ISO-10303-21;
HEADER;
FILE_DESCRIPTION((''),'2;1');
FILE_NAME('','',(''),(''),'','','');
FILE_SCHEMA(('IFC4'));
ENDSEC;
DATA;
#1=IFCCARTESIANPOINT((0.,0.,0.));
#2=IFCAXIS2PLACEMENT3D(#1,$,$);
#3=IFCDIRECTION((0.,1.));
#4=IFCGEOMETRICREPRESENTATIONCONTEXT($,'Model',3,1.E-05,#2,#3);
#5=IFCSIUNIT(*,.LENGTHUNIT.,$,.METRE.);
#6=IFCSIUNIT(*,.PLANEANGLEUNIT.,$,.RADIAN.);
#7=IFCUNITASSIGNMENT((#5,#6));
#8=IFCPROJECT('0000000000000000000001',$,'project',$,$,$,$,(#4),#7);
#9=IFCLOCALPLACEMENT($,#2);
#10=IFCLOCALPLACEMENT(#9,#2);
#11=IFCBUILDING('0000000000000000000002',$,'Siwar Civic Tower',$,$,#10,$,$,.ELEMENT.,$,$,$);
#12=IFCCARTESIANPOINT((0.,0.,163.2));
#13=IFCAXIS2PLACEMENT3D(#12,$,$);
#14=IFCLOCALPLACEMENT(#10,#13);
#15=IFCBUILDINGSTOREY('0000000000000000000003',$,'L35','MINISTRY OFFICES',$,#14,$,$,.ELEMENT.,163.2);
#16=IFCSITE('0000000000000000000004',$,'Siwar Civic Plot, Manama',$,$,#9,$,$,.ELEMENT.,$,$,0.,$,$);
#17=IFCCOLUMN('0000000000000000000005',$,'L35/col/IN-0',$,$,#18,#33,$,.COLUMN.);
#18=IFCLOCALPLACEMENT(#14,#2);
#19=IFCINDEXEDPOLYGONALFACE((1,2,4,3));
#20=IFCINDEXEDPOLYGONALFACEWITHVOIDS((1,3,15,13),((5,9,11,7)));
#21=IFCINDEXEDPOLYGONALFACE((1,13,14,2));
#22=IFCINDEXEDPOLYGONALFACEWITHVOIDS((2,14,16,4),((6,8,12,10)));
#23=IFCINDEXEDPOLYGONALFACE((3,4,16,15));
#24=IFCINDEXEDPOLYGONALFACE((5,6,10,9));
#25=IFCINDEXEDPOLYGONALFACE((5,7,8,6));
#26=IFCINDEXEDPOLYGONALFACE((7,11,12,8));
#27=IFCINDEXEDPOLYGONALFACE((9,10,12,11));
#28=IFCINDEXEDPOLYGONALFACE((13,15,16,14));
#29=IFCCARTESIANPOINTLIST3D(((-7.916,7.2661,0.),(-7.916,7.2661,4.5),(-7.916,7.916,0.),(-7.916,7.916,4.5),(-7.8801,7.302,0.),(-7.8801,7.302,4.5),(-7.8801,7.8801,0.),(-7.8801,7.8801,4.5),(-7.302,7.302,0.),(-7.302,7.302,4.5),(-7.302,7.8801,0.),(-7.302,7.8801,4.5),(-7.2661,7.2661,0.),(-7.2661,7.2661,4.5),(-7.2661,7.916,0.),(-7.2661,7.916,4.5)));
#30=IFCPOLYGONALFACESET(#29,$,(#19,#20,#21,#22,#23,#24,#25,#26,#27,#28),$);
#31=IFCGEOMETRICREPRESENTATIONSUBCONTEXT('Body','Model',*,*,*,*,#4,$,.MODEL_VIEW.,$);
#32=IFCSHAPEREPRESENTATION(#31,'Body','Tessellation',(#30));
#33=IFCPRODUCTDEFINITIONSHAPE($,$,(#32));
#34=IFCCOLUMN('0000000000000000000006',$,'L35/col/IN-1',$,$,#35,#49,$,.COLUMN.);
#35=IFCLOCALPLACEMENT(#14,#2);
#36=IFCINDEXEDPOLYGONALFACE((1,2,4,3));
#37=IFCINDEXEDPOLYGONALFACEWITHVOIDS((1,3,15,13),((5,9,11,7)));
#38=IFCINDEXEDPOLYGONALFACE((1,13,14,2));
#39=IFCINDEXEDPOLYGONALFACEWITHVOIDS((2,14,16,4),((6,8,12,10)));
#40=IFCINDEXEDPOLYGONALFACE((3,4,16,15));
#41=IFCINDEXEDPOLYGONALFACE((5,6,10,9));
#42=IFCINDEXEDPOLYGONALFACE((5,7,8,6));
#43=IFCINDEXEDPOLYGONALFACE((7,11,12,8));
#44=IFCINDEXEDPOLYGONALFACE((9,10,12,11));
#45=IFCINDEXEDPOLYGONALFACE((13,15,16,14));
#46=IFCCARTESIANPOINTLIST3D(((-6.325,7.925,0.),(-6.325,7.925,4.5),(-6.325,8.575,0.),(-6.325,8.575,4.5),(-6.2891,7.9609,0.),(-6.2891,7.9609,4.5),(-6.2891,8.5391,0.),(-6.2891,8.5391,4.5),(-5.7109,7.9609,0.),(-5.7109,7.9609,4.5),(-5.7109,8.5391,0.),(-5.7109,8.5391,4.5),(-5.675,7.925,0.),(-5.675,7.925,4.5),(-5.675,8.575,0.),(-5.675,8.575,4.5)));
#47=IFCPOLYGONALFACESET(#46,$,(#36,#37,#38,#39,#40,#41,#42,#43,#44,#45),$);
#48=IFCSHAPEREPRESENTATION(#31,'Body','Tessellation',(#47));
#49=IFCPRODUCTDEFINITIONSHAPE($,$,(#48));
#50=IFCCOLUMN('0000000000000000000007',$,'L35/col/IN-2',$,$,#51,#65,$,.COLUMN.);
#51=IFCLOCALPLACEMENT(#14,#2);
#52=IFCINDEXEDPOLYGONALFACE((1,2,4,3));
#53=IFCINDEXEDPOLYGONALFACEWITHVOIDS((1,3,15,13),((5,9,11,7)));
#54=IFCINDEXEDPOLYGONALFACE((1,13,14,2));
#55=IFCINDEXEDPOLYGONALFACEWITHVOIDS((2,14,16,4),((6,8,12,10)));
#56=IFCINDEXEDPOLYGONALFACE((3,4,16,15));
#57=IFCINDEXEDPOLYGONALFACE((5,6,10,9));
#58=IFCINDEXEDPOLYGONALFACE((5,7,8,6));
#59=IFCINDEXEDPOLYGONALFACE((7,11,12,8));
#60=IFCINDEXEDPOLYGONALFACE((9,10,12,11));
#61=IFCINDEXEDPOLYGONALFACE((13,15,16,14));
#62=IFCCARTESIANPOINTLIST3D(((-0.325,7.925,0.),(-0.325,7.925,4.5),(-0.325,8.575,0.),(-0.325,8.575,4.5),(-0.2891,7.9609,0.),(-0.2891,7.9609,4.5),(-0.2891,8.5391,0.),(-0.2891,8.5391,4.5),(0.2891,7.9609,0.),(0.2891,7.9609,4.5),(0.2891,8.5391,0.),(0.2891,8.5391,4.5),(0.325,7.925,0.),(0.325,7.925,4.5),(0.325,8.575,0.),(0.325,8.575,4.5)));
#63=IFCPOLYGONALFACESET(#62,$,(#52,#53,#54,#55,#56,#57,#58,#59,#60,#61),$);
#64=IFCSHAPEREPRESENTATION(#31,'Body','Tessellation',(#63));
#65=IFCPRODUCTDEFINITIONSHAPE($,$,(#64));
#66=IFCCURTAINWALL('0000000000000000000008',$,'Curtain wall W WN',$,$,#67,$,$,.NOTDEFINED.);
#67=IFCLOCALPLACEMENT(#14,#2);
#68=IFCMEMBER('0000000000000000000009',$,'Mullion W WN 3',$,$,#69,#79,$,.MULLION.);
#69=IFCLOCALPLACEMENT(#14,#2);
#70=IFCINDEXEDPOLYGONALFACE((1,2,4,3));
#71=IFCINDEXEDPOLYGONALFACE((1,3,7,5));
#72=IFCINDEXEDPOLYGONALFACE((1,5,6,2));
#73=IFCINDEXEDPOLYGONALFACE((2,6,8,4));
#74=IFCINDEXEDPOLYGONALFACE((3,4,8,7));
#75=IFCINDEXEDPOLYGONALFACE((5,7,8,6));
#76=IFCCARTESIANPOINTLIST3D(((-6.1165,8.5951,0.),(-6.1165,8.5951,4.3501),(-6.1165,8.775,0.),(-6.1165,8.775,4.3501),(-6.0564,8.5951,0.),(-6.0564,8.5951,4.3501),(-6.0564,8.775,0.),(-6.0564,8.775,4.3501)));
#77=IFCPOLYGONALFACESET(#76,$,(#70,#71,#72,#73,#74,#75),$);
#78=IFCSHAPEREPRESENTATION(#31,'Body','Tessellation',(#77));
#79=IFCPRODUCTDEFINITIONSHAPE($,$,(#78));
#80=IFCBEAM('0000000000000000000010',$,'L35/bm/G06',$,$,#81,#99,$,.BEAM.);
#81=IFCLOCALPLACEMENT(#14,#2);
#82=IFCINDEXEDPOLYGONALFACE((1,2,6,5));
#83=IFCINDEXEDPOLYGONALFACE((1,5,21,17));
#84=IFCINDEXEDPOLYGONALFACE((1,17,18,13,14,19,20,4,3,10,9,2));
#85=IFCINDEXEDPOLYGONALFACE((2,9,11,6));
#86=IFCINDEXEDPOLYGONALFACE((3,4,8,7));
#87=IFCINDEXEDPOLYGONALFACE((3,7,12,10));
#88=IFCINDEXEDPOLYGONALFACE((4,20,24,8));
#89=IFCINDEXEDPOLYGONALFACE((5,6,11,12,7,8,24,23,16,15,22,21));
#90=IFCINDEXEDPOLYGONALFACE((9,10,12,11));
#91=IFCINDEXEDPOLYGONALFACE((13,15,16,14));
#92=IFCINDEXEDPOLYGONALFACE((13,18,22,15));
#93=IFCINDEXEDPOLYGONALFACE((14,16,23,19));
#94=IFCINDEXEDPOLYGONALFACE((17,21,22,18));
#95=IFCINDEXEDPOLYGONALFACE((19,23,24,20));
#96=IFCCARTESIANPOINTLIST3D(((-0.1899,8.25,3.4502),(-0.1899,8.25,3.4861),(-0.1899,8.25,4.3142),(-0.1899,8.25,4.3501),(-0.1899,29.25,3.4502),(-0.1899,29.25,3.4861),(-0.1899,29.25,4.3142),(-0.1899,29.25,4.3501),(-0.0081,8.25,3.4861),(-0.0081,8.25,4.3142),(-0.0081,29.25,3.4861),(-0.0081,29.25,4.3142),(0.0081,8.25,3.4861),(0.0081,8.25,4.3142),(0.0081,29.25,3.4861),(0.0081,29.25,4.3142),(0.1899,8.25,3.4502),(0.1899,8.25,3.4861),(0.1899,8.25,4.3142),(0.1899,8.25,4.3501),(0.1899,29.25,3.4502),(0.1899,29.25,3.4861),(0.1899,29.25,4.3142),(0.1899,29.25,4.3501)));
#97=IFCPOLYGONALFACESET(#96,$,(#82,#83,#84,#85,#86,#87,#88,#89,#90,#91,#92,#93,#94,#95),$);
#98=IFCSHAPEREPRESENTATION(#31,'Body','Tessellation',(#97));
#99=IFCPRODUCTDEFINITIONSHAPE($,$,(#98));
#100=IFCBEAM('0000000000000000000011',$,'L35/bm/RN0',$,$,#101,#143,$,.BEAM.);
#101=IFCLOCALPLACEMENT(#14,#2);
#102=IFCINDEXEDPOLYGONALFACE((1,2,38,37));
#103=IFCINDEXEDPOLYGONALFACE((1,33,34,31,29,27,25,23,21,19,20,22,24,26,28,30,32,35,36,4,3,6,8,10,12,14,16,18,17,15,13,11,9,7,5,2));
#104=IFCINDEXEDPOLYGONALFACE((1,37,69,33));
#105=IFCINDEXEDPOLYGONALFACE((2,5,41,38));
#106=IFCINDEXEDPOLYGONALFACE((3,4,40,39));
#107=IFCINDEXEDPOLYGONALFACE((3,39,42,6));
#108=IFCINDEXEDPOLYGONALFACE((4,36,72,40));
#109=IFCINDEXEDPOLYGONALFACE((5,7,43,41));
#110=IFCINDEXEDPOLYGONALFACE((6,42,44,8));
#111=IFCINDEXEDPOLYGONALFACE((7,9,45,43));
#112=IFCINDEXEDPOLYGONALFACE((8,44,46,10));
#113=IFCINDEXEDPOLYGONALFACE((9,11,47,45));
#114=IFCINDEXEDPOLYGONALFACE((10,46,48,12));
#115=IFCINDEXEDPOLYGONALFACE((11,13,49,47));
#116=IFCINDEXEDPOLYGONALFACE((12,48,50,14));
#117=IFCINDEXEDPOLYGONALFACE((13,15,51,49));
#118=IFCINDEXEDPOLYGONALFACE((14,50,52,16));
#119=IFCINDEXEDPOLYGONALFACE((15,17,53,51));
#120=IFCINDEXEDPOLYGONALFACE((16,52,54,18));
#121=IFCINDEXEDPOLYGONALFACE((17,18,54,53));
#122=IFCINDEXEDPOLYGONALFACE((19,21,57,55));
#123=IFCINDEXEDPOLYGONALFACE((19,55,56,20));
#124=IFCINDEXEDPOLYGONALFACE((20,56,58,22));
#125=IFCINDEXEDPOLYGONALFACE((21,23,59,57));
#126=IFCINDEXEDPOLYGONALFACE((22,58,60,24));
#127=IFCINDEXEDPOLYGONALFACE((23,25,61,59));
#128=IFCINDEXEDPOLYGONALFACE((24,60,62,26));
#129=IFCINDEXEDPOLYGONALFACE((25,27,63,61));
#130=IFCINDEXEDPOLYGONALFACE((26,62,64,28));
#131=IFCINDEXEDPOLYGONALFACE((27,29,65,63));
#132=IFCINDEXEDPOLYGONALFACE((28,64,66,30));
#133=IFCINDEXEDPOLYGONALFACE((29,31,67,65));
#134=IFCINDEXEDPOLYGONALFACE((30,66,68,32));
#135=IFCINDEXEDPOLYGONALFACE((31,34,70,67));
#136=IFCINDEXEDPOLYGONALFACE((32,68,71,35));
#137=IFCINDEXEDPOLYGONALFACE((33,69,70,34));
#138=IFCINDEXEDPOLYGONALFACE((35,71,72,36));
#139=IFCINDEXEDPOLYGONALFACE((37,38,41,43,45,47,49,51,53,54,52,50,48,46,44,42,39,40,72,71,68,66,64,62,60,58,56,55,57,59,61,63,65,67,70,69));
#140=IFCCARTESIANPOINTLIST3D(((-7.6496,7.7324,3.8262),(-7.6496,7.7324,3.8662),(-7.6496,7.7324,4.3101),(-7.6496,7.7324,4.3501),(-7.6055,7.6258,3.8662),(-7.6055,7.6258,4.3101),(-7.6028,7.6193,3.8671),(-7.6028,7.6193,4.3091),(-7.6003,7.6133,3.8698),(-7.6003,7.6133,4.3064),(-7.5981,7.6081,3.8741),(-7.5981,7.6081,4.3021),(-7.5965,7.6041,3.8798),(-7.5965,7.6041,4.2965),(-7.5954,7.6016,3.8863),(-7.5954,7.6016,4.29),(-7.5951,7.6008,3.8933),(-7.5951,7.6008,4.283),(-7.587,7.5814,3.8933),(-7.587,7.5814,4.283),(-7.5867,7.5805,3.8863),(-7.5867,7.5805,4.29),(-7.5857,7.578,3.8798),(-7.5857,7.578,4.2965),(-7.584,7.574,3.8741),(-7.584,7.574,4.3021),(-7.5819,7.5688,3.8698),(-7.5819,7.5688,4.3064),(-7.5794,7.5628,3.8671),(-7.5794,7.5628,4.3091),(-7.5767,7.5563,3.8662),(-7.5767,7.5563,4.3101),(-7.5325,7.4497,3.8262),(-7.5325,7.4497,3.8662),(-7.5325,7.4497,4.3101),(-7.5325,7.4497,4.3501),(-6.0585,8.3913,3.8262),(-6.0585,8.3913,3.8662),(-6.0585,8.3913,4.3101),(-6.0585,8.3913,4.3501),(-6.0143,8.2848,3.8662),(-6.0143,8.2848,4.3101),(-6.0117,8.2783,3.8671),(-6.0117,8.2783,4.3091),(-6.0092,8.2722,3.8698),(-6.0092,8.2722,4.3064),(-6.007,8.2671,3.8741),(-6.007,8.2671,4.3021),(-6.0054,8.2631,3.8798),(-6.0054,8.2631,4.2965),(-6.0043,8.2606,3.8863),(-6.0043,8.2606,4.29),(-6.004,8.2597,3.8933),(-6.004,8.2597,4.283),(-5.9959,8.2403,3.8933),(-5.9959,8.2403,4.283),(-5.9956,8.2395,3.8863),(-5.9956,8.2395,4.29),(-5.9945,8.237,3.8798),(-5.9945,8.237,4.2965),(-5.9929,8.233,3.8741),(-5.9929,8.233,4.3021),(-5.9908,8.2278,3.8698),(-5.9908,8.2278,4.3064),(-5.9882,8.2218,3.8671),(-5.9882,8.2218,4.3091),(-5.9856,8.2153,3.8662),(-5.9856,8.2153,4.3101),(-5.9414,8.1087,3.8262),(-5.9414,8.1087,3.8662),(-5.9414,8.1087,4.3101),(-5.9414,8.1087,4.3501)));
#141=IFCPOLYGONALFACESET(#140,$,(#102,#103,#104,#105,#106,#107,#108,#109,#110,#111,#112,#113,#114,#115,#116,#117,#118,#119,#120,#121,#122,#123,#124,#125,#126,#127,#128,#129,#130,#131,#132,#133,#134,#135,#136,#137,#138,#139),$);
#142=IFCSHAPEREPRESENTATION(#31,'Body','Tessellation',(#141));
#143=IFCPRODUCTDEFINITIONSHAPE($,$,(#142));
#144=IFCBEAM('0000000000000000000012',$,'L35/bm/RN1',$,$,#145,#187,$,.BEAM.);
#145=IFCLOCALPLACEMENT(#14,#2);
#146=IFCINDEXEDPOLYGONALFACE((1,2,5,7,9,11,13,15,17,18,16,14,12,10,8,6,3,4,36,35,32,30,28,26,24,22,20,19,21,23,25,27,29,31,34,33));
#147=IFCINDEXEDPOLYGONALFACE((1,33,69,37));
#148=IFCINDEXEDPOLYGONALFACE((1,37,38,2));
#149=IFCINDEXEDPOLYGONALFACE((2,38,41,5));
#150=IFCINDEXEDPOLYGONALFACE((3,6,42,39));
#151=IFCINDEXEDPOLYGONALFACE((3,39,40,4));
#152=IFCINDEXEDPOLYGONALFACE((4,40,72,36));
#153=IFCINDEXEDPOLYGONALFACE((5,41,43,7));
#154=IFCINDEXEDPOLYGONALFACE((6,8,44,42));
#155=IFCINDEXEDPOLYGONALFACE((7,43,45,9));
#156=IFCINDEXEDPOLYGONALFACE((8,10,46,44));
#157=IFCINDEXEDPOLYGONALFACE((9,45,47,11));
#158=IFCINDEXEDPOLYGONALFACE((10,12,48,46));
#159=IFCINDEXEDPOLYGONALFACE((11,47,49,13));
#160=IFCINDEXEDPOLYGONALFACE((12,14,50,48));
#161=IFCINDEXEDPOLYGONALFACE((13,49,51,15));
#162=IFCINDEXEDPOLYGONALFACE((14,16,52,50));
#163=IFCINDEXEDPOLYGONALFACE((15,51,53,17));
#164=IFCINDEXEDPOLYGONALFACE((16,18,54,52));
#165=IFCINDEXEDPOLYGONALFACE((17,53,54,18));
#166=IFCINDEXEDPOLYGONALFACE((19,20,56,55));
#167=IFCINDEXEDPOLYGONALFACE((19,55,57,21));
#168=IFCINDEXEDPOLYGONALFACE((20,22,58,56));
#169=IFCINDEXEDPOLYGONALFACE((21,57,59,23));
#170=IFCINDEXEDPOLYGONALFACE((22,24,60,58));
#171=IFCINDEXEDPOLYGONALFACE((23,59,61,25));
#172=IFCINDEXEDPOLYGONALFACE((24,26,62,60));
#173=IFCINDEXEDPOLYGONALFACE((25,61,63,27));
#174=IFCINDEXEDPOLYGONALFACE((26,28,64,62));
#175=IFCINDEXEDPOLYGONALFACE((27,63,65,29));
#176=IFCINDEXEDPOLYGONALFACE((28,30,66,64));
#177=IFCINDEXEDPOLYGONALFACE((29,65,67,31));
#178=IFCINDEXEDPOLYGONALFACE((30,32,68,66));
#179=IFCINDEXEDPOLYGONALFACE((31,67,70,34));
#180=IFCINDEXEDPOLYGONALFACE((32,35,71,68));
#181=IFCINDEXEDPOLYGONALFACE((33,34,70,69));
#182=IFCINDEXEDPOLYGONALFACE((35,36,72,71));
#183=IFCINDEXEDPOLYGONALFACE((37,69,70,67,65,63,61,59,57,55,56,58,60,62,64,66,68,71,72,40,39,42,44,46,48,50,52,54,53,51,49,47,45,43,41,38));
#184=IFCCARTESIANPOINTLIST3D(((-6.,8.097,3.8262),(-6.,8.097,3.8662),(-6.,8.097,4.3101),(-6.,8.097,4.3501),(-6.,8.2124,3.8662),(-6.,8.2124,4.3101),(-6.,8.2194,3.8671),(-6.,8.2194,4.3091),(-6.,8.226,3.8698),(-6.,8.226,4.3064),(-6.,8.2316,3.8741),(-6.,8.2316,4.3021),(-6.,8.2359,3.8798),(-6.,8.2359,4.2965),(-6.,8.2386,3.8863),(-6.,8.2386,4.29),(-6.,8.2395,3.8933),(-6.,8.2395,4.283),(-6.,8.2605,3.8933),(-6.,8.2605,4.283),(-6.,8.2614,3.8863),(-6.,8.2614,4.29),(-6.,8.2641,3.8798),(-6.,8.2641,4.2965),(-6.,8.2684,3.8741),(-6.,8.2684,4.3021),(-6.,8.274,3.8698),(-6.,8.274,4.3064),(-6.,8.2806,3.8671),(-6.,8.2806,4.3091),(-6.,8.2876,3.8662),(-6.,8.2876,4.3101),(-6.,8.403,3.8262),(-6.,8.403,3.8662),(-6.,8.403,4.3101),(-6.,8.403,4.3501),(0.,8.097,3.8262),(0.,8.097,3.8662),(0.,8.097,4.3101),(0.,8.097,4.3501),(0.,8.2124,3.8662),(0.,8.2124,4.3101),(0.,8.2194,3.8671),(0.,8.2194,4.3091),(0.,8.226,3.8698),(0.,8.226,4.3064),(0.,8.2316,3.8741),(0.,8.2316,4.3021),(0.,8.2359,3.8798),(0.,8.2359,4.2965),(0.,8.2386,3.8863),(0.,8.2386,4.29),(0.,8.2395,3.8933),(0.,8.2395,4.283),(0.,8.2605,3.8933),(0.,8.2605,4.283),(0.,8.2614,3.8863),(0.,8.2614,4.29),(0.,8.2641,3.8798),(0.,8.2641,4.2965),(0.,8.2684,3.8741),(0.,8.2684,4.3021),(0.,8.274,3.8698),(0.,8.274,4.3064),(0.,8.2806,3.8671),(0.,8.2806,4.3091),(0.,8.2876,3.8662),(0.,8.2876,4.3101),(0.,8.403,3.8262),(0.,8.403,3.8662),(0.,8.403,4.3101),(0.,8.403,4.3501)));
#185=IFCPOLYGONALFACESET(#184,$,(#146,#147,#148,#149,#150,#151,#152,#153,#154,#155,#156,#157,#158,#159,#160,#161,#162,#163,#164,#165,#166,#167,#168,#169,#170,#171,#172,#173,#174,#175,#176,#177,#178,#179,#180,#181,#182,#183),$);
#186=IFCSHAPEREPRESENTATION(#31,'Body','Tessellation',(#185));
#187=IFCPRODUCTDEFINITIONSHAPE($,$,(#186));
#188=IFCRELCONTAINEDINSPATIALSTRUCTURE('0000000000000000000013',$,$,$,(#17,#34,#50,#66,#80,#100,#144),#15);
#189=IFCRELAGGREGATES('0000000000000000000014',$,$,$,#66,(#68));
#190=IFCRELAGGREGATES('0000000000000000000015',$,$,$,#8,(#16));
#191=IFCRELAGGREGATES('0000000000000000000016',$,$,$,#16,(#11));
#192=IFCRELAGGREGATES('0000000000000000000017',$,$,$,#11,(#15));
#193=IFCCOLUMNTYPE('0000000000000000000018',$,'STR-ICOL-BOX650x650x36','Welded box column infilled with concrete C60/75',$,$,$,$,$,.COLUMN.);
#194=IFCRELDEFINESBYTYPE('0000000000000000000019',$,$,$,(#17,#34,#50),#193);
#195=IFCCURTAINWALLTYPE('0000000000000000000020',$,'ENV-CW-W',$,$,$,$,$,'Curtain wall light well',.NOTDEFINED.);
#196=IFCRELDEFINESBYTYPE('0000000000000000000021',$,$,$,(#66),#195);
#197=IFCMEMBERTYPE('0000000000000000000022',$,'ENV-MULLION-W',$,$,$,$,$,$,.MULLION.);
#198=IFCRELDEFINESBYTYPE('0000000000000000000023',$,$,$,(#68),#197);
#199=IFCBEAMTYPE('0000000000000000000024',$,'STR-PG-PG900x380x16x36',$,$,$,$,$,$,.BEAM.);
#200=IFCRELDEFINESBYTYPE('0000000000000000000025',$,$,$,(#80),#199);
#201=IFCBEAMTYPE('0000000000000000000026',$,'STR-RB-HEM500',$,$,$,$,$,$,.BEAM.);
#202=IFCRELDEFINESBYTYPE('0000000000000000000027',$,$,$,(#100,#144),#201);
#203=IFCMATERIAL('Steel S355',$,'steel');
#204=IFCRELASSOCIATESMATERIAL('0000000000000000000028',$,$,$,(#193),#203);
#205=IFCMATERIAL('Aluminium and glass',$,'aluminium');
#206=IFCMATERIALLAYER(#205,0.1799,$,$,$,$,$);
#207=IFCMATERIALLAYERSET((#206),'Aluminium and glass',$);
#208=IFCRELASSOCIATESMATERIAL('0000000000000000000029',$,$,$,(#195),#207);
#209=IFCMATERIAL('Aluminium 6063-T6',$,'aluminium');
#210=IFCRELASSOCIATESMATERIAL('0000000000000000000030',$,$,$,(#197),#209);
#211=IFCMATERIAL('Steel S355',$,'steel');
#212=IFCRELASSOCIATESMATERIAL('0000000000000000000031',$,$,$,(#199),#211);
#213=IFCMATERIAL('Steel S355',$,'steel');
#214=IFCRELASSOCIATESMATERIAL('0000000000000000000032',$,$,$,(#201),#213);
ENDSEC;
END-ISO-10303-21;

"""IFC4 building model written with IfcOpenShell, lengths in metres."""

from ifc_helpers import new_model, si_unit, direction, frame, origin, origin_2d, place, context, subcontext, project, spatial, rectangle, hollow_rectangle, i_section, extrude, material, layer, layer_set, material_profile, profile_set, type_object, element, aggregate, save


model = new_model("IFC4")

# Units and contexts
model_context = context("Model", 3, precision=1e-05, world=origin(), true_north=direction((0.0, 1.0)))
body_context = subcontext(model_context, "Body", "Model", "MODEL_VIEW")
ifc_project = project(units=[si_unit("LENGTHUNIT", "METRE"), si_unit("PLANEANGLEUNIT", "RADIAN")], contexts=[model_context])

# Site, building, storey
site_placement = place(None, origin())
site = spatial("IfcSite", under=ifc_project, at=site_placement, Name="Siwar Civic Plot, Manama", CompositionType="ELEMENT", RefElevation=0.0)
building_placement = place(site_placement, origin())
building = spatial("IfcBuilding", under=site, at=building_placement, Name="Siwar Civic Tower", CompositionType="ELEMENT")
storey_placement = place(building_placement, frame((0.0, 0.0, 163.2)))
storey = spatial("IfcBuildingStorey", under=building, at=storey_placement, Name="L35", Description="MINISTRY OFFICES", CompositionType="ELEMENT", Elevation=163.2)

# Columns
ifc_material_1 = material(Name="Steel S355", Category="steel")
ifc_material_profile_1 = material_profile(ifc_material_1, hollow_rectangle(XDim=0.6499, YDim=0.6499, WallThickness=0.0359, at=origin_2d()), Name="BOX650x650x36")
ifc_profile_set_1 = profile_set([ifc_material_profile_1], Name="Steel S355")
column_type = type_object("IfcColumnType", Name="STR-ICOL-BOX650x650x36", Description="Welded box column infilled with concrete C60/75", PredefinedType="COLUMN", material=ifc_profile_set_1)
for number, where, z_axis, x_axis, name in (
    (1, (-7.5911, 7.5911, 0.0), (0.0, 0.0, 1.0), (1.0, 0.0, 0.0), "L35/col/IN-0"),
    (2, (-6.0, 8.25, 0.0), (0.0, 0.0, 1.0), (1.0, 0.0, 0.0), "L35/col/IN-1"),
    (3, (0.0, 8.25, 0.0), (0.0, 0.0, 1.0), (1.0, 0.0, 0.0), "L35/col/IN-2"),
):
    element("IfcColumn", number, at=place(storey_placement, frame(where, z_axis=z_axis, x_axis=x_axis)), inside=storey, type_object=column_type, Name=name, PredefinedType="COLUMN", context=body_context, shape_type="SweptSolid", body=[
        extrude(hollow_rectangle(XDim=0.6499, YDim=0.6499, WallThickness=0.0359, at=origin_2d()), origin(), (0.0, 0.0, 1.0), 4.5),
    ])

# Curtain wall, member
ifc_material_2 = material(Name="Aluminium and glass", Category="aluminium")
ifc_layer_1 = layer(ifc_material_2, 0.1799)
ifc_layer_set_1 = layer_set([ifc_layer_1], Name="Aluminium and glass")
curtain_wall_type = type_object("IfcCurtainWallType", Name="ENV-CW-W", ElementType="Curtain wall light well", PredefinedType="NOTDEFINED", material=ifc_layer_set_1)
curtain_wall_placement = place(storey_placement, origin())
curtain_wall = element("IfcCurtainWall", 4, at=curtain_wall_placement, inside=storey, type_object=curtain_wall_type, Name="Curtain wall W WN", PredefinedType="NOTDEFINED")
ifc_material_3 = material(Name="Aluminium 6063-T6", Category="aluminium")
ifc_material_profile_2 = material_profile(ifc_material_3, rectangle(XDim=0.1799, YDim=0.0601, at=origin_2d()), Name="AL 180x60")
ifc_profile_set_2 = profile_set([ifc_material_profile_2], Name="Aluminium 6063-T6")
member_type = type_object("IfcMemberType", Name="ENV-MULLION-W", PredefinedType="MULLION", material=ifc_profile_set_2)
member_placement = place(storey_placement, frame((-6.0864, 8.6851, 0.0), z_axis=(0.0, 0.0, 1.0), x_axis=(0.0, -1.0, 0.0)))
member = element("IfcMember", 5, at=member_placement, type_object=member_type, Name="Mullion W WN 3", PredefinedType="MULLION", context=body_context, shape_type="SweptSolid", body=[
    extrude(rectangle(XDim=0.1799, YDim=0.0601, at=origin_2d()), origin(), (0.0, 0.0, 1.0), 4.3501),
])

# Beams
ifc_material_4 = material(Name="Steel S355", Category="steel")
ifc_material_profile_3 = material_profile(ifc_material_4, i_section(OverallWidth=0.3799, OverallDepth=0.8999, WebThickness=0.0161, FlangeThickness=0.0359, at=origin_2d()), Name="PG900x380x16x36")
ifc_profile_set_3 = profile_set([ifc_material_profile_3], Name="Steel S355")
beam_type_1 = type_object("IfcBeamType", Name="STR-PG-PG900x380x16x36", PredefinedType="BEAM", material=ifc_profile_set_3)
beam_1_placement = place(storey_placement, frame((0.0, 8.25, 3.9001), z_axis=(0.0, 1.0, 0.0), x_axis=(-1.0, 0.0, 0.0)))
element("IfcBeam", 6, at=beam_1_placement, inside=storey, type_object=beam_type_1, Name="L35/bm/G06", PredefinedType="BEAM", context=body_context, shape_type="SweptSolid", body=[
    extrude(i_section(OverallWidth=0.3799, OverallDepth=0.8999, WebThickness=0.0161, FlangeThickness=0.0359, at=origin_2d()), origin(), (0.0, 0.0, 1.0), 21.0),
])
ifc_material_5 = material(Name="Steel S355", Category="steel")
ifc_material_profile_4 = material_profile(ifc_material_5, i_section(OverallWidth=0.3059, OverallDepth=0.5239, WebThickness=0.021, FlangeThickness=0.04, FilletRadius=0.0271, at=origin_2d()), Name="HEM500")
ifc_profile_set_4 = profile_set([ifc_material_profile_4], Name="Steel S355")
beam_type_2 = type_object("IfcBeamType", Name="STR-RB-HEM500", PredefinedType="BEAM", material=ifc_profile_set_4)
beam_2_placement = place(storey_placement, frame((-7.5911, 7.5911, 4.0881), z_axis=(0.923901, 0.382631, 0.0), x_axis=(-0.382631, 0.923901, 0.0)))
element("IfcBeam", 7, at=beam_2_placement, inside=storey, type_object=beam_type_2, Name="L35/bm/RN0", PredefinedType="BEAM", context=body_context, shape_type="SweptSolid", body=[
    extrude(i_section(OverallWidth=0.3059, OverallDepth=0.5239, WebThickness=0.021, FlangeThickness=0.04, FilletRadius=0.0271, at=origin_2d()), origin(), (0.0, 0.0, 1.0), 1.7222),
])
for number, where, z_axis, x_axis, name in (
    (8, (-6.0, 8.25, 4.0881), (1.0, 0.0, 0.0), (0.0, 1.0, 0.0), "L35/bm/RN1"),
):
    element("IfcBeam", number, at=place(storey_placement, frame(where, z_axis=z_axis, x_axis=x_axis)), inside=storey, type_object=beam_type_2, Name=name, PredefinedType="BEAM", context=body_context, shape_type="SweptSolid", body=[
        extrude(i_section(OverallWidth=0.3059, OverallDepth=0.5239, WebThickness=0.021, FlangeThickness=0.04, FilletRadius=0.0271, at=origin_2d()), origin(), (0.0, 0.0, 1.0), 6.0),
    ])

aggregate(curtain_wall, [member])

save(model, "model.ifc")
